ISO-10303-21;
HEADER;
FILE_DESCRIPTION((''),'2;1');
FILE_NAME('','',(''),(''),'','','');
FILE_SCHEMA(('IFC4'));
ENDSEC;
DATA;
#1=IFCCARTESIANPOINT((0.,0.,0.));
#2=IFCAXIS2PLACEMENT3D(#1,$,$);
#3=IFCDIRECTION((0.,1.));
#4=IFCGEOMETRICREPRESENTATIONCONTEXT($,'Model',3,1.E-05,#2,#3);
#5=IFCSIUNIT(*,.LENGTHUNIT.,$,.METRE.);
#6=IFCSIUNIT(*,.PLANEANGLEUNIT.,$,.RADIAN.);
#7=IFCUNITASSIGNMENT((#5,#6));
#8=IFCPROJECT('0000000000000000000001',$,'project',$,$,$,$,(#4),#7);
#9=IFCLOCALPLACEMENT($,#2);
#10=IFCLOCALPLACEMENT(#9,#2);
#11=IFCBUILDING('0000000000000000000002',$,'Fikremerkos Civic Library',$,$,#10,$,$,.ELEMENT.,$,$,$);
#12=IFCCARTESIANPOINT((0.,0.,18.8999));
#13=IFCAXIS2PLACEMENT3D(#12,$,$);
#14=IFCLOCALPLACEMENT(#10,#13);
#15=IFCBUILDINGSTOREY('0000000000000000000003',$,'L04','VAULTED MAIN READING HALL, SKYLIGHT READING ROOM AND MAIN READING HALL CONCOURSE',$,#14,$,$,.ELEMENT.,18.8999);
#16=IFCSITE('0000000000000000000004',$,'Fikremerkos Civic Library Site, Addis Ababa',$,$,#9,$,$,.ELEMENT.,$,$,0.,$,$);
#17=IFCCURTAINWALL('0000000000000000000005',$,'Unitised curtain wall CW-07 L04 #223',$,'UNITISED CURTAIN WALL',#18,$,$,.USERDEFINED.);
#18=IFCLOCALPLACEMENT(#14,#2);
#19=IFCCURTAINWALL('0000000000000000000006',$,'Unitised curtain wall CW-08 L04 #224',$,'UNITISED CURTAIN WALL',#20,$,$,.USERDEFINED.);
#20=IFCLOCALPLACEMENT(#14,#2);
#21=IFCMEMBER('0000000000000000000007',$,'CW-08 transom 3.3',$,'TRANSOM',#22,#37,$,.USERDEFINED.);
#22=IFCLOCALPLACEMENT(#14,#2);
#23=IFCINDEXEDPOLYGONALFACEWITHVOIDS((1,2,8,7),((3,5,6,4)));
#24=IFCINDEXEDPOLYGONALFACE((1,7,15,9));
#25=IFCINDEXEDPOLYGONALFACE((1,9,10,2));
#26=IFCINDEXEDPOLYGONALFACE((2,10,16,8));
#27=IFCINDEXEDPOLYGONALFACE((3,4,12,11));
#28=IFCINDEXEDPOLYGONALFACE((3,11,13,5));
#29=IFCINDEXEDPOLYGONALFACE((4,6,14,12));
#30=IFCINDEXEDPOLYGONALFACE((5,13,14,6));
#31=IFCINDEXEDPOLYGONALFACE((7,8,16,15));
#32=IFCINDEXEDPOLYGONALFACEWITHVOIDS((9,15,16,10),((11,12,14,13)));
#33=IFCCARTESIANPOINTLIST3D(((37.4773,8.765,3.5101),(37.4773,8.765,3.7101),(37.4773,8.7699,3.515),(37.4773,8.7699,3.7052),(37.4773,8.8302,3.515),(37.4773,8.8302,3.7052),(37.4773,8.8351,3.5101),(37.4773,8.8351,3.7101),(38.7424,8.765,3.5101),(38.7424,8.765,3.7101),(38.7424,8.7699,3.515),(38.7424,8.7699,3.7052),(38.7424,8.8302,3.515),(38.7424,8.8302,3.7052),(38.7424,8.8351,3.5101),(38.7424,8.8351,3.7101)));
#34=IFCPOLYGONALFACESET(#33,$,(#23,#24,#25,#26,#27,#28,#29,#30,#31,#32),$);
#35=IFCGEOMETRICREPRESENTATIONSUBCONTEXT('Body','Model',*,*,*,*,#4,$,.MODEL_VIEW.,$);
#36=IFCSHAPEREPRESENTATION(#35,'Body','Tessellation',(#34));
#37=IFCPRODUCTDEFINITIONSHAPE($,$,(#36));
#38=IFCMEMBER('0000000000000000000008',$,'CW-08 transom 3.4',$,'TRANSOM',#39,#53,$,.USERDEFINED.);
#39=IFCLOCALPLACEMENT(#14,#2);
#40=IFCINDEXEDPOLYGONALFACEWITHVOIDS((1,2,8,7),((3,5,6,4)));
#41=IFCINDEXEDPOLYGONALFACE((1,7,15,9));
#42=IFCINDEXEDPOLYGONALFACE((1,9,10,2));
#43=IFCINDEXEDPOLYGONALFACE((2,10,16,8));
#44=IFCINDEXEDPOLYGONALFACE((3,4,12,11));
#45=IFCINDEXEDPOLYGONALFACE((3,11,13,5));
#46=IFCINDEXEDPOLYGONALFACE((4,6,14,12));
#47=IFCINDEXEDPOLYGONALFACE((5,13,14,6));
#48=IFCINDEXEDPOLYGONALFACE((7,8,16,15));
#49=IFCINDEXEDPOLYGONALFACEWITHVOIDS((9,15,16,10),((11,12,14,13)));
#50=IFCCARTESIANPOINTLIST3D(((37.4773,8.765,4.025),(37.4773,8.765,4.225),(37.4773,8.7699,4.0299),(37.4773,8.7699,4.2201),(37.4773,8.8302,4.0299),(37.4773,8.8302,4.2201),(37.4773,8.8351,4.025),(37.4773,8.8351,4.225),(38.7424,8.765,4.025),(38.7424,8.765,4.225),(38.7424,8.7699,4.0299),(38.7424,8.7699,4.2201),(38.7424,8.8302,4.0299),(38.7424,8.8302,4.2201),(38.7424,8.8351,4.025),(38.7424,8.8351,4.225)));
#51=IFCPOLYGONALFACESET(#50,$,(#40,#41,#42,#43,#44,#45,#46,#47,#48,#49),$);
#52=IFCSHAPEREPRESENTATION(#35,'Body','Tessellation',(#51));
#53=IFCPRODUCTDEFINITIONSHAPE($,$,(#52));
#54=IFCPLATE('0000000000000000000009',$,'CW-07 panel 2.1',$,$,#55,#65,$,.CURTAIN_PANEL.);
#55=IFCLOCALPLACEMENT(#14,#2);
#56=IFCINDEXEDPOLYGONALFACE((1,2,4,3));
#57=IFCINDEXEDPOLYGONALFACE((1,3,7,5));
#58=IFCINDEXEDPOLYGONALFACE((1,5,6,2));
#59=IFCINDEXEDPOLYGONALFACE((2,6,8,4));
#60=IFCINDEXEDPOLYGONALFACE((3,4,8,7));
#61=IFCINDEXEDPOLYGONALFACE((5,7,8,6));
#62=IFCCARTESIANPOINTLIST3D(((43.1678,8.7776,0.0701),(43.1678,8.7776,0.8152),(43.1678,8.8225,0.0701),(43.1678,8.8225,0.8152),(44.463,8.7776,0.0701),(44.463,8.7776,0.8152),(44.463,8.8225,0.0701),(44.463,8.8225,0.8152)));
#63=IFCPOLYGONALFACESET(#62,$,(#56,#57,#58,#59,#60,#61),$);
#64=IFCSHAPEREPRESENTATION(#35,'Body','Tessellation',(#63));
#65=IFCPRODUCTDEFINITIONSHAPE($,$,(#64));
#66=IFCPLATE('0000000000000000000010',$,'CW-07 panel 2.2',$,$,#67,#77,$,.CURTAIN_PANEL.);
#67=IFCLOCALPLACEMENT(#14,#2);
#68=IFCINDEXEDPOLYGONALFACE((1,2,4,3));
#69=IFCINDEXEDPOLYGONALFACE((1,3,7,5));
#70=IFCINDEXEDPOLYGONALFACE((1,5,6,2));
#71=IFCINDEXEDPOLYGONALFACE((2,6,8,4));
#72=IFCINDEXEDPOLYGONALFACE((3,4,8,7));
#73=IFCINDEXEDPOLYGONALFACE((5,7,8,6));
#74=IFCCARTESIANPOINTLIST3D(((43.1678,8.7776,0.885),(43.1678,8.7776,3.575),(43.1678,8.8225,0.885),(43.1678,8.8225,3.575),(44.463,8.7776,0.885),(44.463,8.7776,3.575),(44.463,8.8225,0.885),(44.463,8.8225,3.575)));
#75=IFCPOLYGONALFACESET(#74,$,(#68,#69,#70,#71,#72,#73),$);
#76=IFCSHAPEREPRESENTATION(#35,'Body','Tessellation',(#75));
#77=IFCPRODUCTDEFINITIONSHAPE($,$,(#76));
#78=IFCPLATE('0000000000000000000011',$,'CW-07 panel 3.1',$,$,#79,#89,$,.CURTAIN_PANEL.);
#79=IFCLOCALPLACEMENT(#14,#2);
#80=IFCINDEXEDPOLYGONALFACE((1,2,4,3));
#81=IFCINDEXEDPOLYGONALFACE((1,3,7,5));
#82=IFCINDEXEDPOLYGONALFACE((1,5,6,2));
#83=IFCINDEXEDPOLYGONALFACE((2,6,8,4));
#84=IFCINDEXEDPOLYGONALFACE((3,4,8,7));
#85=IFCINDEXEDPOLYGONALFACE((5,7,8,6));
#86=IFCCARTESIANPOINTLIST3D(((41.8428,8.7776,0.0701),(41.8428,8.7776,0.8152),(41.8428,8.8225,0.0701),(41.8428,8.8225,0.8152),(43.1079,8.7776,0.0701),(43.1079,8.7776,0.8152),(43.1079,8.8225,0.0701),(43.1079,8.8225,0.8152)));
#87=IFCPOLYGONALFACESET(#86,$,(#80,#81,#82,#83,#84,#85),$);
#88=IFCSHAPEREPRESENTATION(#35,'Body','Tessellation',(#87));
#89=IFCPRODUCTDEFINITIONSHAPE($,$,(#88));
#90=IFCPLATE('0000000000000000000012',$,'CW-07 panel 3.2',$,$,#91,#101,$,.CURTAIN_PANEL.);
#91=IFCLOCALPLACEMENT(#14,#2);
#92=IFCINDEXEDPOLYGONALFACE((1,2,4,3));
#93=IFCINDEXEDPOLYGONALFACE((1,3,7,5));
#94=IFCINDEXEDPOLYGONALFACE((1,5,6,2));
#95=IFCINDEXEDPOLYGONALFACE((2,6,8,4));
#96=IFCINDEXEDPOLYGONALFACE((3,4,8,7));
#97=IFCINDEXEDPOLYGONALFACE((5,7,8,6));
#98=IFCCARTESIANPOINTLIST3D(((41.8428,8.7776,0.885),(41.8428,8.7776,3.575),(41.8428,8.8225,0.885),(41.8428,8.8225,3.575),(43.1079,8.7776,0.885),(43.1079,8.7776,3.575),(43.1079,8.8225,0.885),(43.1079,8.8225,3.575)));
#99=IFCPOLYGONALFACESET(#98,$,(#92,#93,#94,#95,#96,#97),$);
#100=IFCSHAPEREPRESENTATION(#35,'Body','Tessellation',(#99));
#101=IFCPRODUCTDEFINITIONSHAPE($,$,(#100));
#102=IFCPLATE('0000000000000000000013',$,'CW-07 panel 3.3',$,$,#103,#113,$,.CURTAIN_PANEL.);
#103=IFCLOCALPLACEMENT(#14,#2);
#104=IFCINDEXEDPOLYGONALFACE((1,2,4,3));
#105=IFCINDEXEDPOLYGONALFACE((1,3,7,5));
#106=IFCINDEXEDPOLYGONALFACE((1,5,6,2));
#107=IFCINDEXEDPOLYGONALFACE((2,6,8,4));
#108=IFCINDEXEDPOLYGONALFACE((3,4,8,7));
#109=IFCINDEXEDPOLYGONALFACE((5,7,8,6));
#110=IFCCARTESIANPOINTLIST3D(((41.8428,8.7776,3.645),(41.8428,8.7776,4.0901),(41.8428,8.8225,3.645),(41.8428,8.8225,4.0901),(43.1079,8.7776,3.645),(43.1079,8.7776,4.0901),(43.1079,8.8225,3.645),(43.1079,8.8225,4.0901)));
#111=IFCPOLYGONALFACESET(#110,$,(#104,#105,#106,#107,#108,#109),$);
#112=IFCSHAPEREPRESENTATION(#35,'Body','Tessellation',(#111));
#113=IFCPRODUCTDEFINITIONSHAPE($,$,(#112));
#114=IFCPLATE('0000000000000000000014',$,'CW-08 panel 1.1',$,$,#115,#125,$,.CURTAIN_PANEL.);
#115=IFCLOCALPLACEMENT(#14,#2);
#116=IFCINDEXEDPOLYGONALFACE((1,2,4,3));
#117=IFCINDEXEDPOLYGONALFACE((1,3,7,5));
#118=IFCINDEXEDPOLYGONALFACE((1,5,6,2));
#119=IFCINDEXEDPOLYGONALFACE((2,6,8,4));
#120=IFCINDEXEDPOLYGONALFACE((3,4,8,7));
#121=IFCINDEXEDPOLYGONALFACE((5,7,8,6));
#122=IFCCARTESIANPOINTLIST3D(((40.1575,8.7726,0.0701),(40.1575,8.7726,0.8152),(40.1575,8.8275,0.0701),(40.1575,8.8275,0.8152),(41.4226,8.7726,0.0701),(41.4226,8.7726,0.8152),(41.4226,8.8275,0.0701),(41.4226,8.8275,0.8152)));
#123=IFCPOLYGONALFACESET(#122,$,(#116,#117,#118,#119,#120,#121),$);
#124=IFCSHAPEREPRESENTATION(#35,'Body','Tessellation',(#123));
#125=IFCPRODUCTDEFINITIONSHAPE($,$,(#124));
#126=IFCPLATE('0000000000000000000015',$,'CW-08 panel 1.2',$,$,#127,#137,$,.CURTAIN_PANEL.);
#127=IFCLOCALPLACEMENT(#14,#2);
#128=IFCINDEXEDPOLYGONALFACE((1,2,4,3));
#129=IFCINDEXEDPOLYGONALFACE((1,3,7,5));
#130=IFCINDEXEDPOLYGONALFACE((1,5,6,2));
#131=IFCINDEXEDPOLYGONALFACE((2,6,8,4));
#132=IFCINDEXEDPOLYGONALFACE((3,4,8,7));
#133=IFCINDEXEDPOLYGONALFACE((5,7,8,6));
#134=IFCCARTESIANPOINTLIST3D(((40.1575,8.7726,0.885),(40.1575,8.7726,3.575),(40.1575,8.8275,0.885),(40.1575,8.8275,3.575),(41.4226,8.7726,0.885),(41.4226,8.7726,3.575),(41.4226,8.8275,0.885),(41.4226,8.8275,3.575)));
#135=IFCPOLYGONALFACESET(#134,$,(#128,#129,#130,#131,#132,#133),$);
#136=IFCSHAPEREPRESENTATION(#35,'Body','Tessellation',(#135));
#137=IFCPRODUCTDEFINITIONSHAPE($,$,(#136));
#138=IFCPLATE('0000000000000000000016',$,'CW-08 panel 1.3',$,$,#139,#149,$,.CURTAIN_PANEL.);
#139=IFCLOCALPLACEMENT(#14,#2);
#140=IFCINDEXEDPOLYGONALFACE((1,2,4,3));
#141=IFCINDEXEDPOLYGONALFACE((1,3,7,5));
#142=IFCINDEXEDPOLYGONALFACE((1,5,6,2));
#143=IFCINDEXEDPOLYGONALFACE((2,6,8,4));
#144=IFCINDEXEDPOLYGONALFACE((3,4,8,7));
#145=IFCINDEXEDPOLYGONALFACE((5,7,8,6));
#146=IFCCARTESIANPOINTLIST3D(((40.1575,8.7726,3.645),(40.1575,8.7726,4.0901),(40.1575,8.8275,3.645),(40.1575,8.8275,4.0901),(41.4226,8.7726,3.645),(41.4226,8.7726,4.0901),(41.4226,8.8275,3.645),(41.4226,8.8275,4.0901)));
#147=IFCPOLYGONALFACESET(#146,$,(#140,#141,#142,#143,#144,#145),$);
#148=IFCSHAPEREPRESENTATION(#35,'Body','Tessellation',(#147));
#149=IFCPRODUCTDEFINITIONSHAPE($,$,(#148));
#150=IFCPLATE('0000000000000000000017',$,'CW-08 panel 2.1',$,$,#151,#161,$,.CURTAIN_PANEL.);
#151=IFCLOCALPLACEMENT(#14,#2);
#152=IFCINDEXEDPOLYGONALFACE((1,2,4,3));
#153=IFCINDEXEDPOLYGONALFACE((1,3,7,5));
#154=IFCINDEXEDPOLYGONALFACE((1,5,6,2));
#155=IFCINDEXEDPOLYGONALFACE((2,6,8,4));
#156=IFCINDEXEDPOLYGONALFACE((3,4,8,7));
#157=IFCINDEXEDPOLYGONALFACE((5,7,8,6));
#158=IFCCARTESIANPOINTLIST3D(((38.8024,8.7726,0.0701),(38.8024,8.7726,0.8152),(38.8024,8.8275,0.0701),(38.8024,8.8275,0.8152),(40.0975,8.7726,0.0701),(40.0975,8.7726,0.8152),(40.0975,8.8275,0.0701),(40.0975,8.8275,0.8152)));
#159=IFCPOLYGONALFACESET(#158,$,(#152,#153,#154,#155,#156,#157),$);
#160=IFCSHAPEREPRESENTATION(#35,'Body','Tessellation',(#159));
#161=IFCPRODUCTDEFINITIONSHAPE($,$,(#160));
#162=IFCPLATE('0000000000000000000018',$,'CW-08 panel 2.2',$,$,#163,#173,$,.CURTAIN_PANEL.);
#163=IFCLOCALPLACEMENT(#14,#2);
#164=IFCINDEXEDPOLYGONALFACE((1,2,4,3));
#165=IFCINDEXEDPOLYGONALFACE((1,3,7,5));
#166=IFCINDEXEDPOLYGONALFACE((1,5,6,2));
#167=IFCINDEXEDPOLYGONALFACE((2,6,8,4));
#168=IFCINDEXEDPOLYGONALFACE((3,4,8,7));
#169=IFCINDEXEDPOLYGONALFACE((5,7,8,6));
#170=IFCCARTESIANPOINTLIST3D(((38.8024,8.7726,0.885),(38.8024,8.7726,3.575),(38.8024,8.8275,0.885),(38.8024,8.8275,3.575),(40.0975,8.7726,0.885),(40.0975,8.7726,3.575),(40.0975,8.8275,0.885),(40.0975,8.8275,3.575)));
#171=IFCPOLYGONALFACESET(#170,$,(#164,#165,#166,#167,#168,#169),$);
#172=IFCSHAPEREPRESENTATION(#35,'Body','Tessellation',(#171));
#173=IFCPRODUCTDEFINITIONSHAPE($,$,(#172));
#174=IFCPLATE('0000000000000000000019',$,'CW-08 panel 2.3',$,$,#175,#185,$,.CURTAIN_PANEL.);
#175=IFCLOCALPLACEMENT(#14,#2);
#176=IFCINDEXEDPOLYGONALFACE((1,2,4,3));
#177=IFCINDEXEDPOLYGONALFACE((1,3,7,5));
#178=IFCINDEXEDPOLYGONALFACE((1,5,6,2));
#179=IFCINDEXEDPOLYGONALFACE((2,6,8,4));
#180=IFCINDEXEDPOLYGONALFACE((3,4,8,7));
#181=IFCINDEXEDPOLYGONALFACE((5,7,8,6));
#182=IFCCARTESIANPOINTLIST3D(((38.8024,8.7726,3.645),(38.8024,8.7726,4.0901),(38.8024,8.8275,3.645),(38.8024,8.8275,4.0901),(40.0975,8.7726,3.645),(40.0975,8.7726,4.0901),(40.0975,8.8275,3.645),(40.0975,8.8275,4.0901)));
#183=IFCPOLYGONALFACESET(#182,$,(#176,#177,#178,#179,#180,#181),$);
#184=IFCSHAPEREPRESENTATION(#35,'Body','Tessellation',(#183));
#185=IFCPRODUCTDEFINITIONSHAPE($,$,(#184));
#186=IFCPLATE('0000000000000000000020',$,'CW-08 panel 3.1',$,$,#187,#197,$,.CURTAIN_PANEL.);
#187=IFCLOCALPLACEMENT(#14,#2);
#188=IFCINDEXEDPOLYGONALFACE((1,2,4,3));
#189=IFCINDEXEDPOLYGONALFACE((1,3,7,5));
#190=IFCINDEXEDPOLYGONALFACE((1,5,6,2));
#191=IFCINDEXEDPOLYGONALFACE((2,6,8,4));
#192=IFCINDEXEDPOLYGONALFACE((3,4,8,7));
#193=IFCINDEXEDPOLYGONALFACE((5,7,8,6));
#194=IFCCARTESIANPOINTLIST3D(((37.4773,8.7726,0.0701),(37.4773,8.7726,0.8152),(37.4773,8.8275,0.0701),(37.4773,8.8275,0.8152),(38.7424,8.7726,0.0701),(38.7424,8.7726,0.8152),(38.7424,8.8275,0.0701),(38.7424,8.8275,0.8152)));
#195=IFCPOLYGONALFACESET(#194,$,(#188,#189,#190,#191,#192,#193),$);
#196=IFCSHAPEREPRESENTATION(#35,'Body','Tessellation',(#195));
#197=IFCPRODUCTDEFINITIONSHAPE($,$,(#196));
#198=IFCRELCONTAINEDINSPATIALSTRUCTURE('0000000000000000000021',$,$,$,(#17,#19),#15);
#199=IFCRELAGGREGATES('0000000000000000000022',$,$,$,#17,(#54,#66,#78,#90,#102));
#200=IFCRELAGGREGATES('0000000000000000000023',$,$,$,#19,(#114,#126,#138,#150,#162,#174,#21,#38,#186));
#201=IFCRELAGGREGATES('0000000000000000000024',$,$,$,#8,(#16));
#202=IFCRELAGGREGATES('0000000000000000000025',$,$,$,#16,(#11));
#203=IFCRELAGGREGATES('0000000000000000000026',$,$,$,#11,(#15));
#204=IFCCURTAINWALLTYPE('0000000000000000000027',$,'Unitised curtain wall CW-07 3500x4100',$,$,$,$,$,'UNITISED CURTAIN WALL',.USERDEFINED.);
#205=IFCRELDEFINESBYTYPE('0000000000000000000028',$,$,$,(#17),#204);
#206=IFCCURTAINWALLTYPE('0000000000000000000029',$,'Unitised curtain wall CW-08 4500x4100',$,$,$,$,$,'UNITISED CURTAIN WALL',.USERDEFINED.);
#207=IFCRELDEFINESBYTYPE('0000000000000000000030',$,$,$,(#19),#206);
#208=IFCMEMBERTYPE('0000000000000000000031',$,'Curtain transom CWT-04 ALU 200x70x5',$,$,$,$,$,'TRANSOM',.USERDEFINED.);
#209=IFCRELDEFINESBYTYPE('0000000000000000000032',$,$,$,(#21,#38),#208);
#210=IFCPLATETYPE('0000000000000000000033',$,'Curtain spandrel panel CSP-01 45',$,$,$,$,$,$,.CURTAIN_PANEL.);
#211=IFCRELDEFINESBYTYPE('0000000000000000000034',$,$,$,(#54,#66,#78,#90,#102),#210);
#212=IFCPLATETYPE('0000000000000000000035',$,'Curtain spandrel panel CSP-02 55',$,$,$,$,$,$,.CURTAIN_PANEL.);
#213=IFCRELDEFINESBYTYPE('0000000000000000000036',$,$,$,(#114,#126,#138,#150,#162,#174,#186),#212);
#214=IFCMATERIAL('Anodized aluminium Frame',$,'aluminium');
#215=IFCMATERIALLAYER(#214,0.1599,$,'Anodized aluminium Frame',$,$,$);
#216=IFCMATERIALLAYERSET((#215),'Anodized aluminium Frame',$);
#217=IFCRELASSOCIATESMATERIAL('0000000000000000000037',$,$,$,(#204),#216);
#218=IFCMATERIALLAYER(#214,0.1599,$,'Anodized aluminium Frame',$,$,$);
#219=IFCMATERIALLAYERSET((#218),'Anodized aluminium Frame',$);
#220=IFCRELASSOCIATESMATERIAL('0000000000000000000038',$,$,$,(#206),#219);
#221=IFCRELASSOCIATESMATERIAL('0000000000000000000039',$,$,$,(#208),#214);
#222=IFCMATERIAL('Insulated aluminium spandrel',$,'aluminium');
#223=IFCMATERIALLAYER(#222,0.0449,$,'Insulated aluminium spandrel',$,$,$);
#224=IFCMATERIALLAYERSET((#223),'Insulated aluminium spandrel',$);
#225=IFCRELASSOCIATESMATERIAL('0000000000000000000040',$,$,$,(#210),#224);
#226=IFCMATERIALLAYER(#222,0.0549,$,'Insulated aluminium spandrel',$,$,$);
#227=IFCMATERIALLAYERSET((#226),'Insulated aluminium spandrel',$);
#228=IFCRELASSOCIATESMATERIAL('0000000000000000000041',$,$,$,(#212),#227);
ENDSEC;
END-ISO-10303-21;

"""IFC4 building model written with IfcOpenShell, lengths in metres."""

from ifc_helpers import new_model, si_unit, direction, frame, origin, origin_2d, place, context, subcontext, project, spatial, rectangle, hollow_rectangle, extrude, material, layer, layer_set, material_profile, profile_set, type_object, element, aggregate, save


model = new_model("IFC4")

# Units and contexts
model_context = context("Model", 3, precision=1e-05, world=origin(), true_north=direction((0.0, 1.0)))
body_context = subcontext(model_context, "Body", "Model", "MODEL_VIEW")
ifc_project = project(units=[si_unit("LENGTHUNIT", "METRE"), si_unit("PLANEANGLEUNIT", "RADIAN")], contexts=[model_context])

# Site, building, storey
site_placement = place(None, origin())
site = spatial("IfcSite", under=ifc_project, at=site_placement, Name="Fikremerkos Civic Library Site, Addis Ababa", CompositionType="ELEMENT", RefElevation=0.0)
building_placement = place(site_placement, origin())
building = spatial("IfcBuilding", under=site, at=building_placement, Name="Fikremerkos Civic Library", CompositionType="ELEMENT")
storey_placement = place(building_placement, frame((0.0, 0.0, 18.8999)))
storey = spatial("IfcBuildingStorey", under=building, at=storey_placement, Name="L04", Description="VAULTED MAIN READING HALL, SKYLIGHT READING ROOM AND MAIN READING HALL CONCOURSE", CompositionType="ELEMENT", Elevation=18.8999)

# Shared definitions
ifc_material_1 = material(Name="Anodized aluminium Frame", Category="aluminium")

# Curtain walls
ifc_layer_1 = layer(ifc_material_1, 0.1599, Name="Anodized aluminium Frame")
ifc_layer_set_1 = layer_set([ifc_layer_1], Name="Anodized aluminium Frame")
curtain_wall_type_1 = type_object("IfcCurtainWallType", Name="Unitised curtain wall CW-07 3500x4100", ElementType="UNITISED CURTAIN WALL", PredefinedType="USERDEFINED", material=ifc_layer_set_1)
curtain_wall_1_placement = place(storey_placement, origin())
curtain_wall_1 = element("IfcCurtainWall", 1, at=curtain_wall_1_placement, inside=storey, type_object=curtain_wall_type_1, Name="Unitised curtain wall CW-07 L04 #223", ObjectType="UNITISED CURTAIN WALL", PredefinedType="USERDEFINED")
ifc_layer_2 = layer(ifc_material_1, 0.1599, Name="Anodized aluminium Frame")
ifc_layer_set_2 = layer_set([ifc_layer_2], Name="Anodized aluminium Frame")
curtain_wall_type_2 = type_object("IfcCurtainWallType", Name="Unitised curtain wall CW-08 4500x4100", ElementType="UNITISED CURTAIN WALL", PredefinedType="USERDEFINED", material=ifc_layer_set_2)
curtain_wall_2_placement = place(storey_placement, origin())
curtain_wall_2 = element("IfcCurtainWall", 2, at=curtain_wall_2_placement, inside=storey, type_object=curtain_wall_type_2, Name="Unitised curtain wall CW-08 L04 #224", ObjectType="UNITISED CURTAIN WALL", PredefinedType="USERDEFINED")

# Members
ifc_material_profile_1 = material_profile(ifc_material_1, hollow_rectangle(XDim=0.0701, YDim=0.2, WallThickness=0.0049, at=origin_2d()), Name="ALU 200x70x5")
ifc_profile_set_1 = profile_set([ifc_material_profile_1], Name="Anodized aluminium Frame")
member_type_1 = type_object("IfcMemberType", Name="Curtain transom CWT-04 ALU 200x70x5", ElementType="TRANSOM", PredefinedType="USERDEFINED", material=ifc_profile_set_1)
member_1_placement = place(storey_placement, frame((38.7424, 8.8, 3.6101), z_axis=(-1.0, 0.0, 0.0), x_axis=(0.0, -1.0, 0.0)))
member_1 = element("IfcMember", 3, at=member_1_placement, type_object=member_type_1, Name="CW-08 transom 3.3", ObjectType="TRANSOM", PredefinedType="USERDEFINED", context=body_context, shape_type="SweptSolid", body=[
    extrude(hollow_rectangle(XDim=0.0701, YDim=0.2, WallThickness=0.0049, at=origin_2d()), origin(), (0.0, 0.0, 1.0), 1.2651),
])
member_2_placement = place(storey_placement, frame((38.7424, 8.8, 4.125), z_axis=(-1.0, 0.0, 0.0), x_axis=(0.0, -1.0, 0.0)))
member_2 = element("IfcMember", 4, at=member_2_placement, type_object=member_type_1, Name="CW-08 transom 3.4", ObjectType="TRANSOM", PredefinedType="USERDEFINED", context=body_context, shape_type="SweptSolid", body=[
    extrude(hollow_rectangle(XDim=0.0701, YDim=0.2, WallThickness=0.0049, at=origin_2d()), origin(), (0.0, 0.0, 1.0), 1.2651),
])

# Plates
ifc_material_2 = material(Name="Insulated aluminium spandrel", Category="aluminium")
ifc_layer_3 = layer(ifc_material_2, 0.0449, Name="Insulated aluminium spandrel")
ifc_layer_set_3 = layer_set([ifc_layer_3], Name="Insulated aluminium spandrel")
plate_type_1 = type_object("IfcPlateType", Name="Curtain spandrel panel CSP-01 45", PredefinedType="CURTAIN_PANEL", material=ifc_layer_set_3)
plate_1_placement = place(storey_placement, frame((43.8154, 8.8, 0.0701), z_axis=(0.0, 0.0, 1.0), x_axis=(-1.0, 0.0, 0.0)))
plate_1 = element("IfcPlate", 5, at=plate_1_placement, type_object=plate_type_1, Name="CW-07 panel 2.1", PredefinedType="CURTAIN_PANEL", context=body_context, shape_type="SweptSolid", body=[
    extrude(rectangle(XDim=1.2952, YDim=0.0449, at=origin_2d()), origin(), (0.0, 0.0, 1.0), 0.7451),
])
plate_2_placement = place(storey_placement, frame((43.8154, 8.8, 0.885), z_axis=(0.0, 0.0, 1.0), x_axis=(-1.0, 0.0, 0.0)))
plate_2 = element("IfcPlate", 6, at=plate_2_placement, type_object=plate_type_1, Name="CW-07 panel 2.2", PredefinedType="CURTAIN_PANEL", context=body_context, shape_type="SweptSolid", body=[
    extrude(rectangle(XDim=1.2952, YDim=0.0449, at=origin_2d()), origin(), (0.0, 0.0, 1.0), 2.6899),
])
plate_3_placement = place(storey_placement, frame((42.4753, 8.8, 0.0701), z_axis=(0.0, 0.0, 1.0), x_axis=(-1.0, 0.0, 0.0)))
plate_3 = element("IfcPlate", 7, at=plate_3_placement, type_object=plate_type_1, Name="CW-07 panel 3.1", PredefinedType="CURTAIN_PANEL", context=body_context, shape_type="SweptSolid", body=[
    extrude(rectangle(XDim=1.2651, YDim=0.0449, at=origin_2d()), origin(), (0.0, 0.0, 1.0), 0.7451),
])
plate_4_placement = place(storey_placement, frame((42.4753, 8.8, 0.885), z_axis=(0.0, 0.0, 1.0), x_axis=(-1.0, 0.0, 0.0)))
plate_4 = element("IfcPlate", 8, at=plate_4_placement, type_object=plate_type_1, Name="CW-07 panel 3.2", PredefinedType="CURTAIN_PANEL", context=body_context, shape_type="SweptSolid", body=[
    extrude(rectangle(XDim=1.2651, YDim=0.0449, at=origin_2d()), origin(), (0.0, 0.0, 1.0), 2.6899),
])
plate_5_placement = place(storey_placement, frame((42.4753, 8.8, 3.645), z_axis=(0.0, 0.0, 1.0), x_axis=(-1.0, 0.0, 0.0)))
plate_5 = element("IfcPlate", 9, at=plate_5_placement, type_object=plate_type_1, Name="CW-07 panel 3.3", PredefinedType="CURTAIN_PANEL", context=body_context, shape_type="SweptSolid", body=[
    extrude(rectangle(XDim=1.2651, YDim=0.0449, at=origin_2d()), origin(), (0.0, 0.0, 1.0), 0.4451),
])
aggregate(curtain_wall_1, [plate_1, plate_2, plate_3, plate_4, plate_5])
ifc_layer_4 = layer(ifc_material_2, 0.0549, Name="Insulated aluminium spandrel")
ifc_layer_set_4 = layer_set([ifc_layer_4], Name="Insulated aluminium spandrel")
plate_type_2 = type_object("IfcPlateType", Name="Curtain spandrel panel CSP-02 55", PredefinedType="CURTAIN_PANEL", material=ifc_layer_set_4)
plate_6_placement = place(storey_placement, frame((40.79, 8.8, 0.0701), z_axis=(0.0, 0.0, 1.0), x_axis=(-1.0, 0.0, 0.0)))
plate_6 = element("IfcPlate", 10, at=plate_6_placement, type_object=plate_type_2, Name="CW-08 panel 1.1", PredefinedType="CURTAIN_PANEL", context=body_context, shape_type="SweptSolid", body=[
    extrude(rectangle(XDim=1.2651, YDim=0.0549, at=origin_2d()), origin(), (0.0, 0.0, 1.0), 0.7451),
])
plate_7_placement = place(storey_placement, frame((40.79, 8.8, 0.885), z_axis=(0.0, 0.0, 1.0), x_axis=(-1.0, 0.0, 0.0)))
plate_7 = element("IfcPlate", 11, at=plate_7_placement, type_object=plate_type_2, Name="CW-08 panel 1.2", PredefinedType="CURTAIN_PANEL", context=body_context, shape_type="SweptSolid", body=[
    extrude(rectangle(XDim=1.2651, YDim=0.0549, at=origin_2d()), origin(), (0.0, 0.0, 1.0), 2.6899),
])
plate_8_placement = place(storey_placement, frame((40.79, 8.8, 3.645), z_axis=(0.0, 0.0, 1.0), x_axis=(-1.0, 0.0, 0.0)))
plate_8 = element("IfcPlate", 12, at=plate_8_placement, type_object=plate_type_2, Name="CW-08 panel 1.3", PredefinedType="CURTAIN_PANEL", context=body_context, shape_type="SweptSolid", body=[
    extrude(rectangle(XDim=1.2651, YDim=0.0549, at=origin_2d()), origin(), (0.0, 0.0, 1.0), 0.4451),
])
plate_9_placement = place(storey_placement, frame((39.45, 8.8, 0.0701), z_axis=(0.0, 0.0, 1.0), x_axis=(-1.0, 0.0, 0.0)))
plate_9 = element("IfcPlate", 13, at=plate_9_placement, type_object=plate_type_2, Name="CW-08 panel 2.1", PredefinedType="CURTAIN_PANEL", context=body_context, shape_type="SweptSolid", body=[
    extrude(rectangle(XDim=1.2952, YDim=0.0549, at=origin_2d()), origin(), (0.0, 0.0, 1.0), 0.7451),
])
plate_10_placement = place(storey_placement, frame((39.45, 8.8, 0.885), z_axis=(0.0, 0.0, 1.0), x_axis=(-1.0, 0.0, 0.0)))
plate_10 = element("IfcPlate", 14, at=plate_10_placement, type_object=plate_type_2, Name="CW-08 panel 2.2", PredefinedType="CURTAIN_PANEL", context=body_context, shape_type="SweptSolid", body=[
    extrude(rectangle(XDim=1.2952, YDim=0.0549, at=origin_2d()), origin(), (0.0, 0.0, 1.0), 2.6899),
])
plate_11_placement = place(storey_placement, frame((39.45, 8.8, 3.645), z_axis=(0.0, 0.0, 1.0), x_axis=(-1.0, 0.0, 0.0)))
plate_11 = element("IfcPlate", 15, at=plate_11_placement, type_object=plate_type_2, Name="CW-08 panel 2.3", PredefinedType="CURTAIN_PANEL", context=body_context, shape_type="SweptSolid", body=[
    extrude(rectangle(XDim=1.2952, YDim=0.0549, at=origin_2d()), origin(), (0.0, 0.0, 1.0), 0.4451),
])
plate_12_placement = place(storey_placement, frame((38.1099, 8.8, 0.0701), z_axis=(0.0, 0.0, 1.0), x_axis=(-1.0, 0.0, 0.0)))
plate_12 = element("IfcPlate", 16, at=plate_12_placement, type_object=plate_type_2, Name="CW-08 panel 3.1", PredefinedType="CURTAIN_PANEL", context=body_context, shape_type="SweptSolid", body=[
    extrude(rectangle(XDim=1.2651, YDim=0.0549, at=origin_2d()), origin(), (0.0, 0.0, 1.0), 0.7451),
])
aggregate(curtain_wall_2, [plate_6, plate_7, plate_8, plate_9, plate_10, plate_11, member_1, member_2, plate_12])

save(model, "model.ifc")
